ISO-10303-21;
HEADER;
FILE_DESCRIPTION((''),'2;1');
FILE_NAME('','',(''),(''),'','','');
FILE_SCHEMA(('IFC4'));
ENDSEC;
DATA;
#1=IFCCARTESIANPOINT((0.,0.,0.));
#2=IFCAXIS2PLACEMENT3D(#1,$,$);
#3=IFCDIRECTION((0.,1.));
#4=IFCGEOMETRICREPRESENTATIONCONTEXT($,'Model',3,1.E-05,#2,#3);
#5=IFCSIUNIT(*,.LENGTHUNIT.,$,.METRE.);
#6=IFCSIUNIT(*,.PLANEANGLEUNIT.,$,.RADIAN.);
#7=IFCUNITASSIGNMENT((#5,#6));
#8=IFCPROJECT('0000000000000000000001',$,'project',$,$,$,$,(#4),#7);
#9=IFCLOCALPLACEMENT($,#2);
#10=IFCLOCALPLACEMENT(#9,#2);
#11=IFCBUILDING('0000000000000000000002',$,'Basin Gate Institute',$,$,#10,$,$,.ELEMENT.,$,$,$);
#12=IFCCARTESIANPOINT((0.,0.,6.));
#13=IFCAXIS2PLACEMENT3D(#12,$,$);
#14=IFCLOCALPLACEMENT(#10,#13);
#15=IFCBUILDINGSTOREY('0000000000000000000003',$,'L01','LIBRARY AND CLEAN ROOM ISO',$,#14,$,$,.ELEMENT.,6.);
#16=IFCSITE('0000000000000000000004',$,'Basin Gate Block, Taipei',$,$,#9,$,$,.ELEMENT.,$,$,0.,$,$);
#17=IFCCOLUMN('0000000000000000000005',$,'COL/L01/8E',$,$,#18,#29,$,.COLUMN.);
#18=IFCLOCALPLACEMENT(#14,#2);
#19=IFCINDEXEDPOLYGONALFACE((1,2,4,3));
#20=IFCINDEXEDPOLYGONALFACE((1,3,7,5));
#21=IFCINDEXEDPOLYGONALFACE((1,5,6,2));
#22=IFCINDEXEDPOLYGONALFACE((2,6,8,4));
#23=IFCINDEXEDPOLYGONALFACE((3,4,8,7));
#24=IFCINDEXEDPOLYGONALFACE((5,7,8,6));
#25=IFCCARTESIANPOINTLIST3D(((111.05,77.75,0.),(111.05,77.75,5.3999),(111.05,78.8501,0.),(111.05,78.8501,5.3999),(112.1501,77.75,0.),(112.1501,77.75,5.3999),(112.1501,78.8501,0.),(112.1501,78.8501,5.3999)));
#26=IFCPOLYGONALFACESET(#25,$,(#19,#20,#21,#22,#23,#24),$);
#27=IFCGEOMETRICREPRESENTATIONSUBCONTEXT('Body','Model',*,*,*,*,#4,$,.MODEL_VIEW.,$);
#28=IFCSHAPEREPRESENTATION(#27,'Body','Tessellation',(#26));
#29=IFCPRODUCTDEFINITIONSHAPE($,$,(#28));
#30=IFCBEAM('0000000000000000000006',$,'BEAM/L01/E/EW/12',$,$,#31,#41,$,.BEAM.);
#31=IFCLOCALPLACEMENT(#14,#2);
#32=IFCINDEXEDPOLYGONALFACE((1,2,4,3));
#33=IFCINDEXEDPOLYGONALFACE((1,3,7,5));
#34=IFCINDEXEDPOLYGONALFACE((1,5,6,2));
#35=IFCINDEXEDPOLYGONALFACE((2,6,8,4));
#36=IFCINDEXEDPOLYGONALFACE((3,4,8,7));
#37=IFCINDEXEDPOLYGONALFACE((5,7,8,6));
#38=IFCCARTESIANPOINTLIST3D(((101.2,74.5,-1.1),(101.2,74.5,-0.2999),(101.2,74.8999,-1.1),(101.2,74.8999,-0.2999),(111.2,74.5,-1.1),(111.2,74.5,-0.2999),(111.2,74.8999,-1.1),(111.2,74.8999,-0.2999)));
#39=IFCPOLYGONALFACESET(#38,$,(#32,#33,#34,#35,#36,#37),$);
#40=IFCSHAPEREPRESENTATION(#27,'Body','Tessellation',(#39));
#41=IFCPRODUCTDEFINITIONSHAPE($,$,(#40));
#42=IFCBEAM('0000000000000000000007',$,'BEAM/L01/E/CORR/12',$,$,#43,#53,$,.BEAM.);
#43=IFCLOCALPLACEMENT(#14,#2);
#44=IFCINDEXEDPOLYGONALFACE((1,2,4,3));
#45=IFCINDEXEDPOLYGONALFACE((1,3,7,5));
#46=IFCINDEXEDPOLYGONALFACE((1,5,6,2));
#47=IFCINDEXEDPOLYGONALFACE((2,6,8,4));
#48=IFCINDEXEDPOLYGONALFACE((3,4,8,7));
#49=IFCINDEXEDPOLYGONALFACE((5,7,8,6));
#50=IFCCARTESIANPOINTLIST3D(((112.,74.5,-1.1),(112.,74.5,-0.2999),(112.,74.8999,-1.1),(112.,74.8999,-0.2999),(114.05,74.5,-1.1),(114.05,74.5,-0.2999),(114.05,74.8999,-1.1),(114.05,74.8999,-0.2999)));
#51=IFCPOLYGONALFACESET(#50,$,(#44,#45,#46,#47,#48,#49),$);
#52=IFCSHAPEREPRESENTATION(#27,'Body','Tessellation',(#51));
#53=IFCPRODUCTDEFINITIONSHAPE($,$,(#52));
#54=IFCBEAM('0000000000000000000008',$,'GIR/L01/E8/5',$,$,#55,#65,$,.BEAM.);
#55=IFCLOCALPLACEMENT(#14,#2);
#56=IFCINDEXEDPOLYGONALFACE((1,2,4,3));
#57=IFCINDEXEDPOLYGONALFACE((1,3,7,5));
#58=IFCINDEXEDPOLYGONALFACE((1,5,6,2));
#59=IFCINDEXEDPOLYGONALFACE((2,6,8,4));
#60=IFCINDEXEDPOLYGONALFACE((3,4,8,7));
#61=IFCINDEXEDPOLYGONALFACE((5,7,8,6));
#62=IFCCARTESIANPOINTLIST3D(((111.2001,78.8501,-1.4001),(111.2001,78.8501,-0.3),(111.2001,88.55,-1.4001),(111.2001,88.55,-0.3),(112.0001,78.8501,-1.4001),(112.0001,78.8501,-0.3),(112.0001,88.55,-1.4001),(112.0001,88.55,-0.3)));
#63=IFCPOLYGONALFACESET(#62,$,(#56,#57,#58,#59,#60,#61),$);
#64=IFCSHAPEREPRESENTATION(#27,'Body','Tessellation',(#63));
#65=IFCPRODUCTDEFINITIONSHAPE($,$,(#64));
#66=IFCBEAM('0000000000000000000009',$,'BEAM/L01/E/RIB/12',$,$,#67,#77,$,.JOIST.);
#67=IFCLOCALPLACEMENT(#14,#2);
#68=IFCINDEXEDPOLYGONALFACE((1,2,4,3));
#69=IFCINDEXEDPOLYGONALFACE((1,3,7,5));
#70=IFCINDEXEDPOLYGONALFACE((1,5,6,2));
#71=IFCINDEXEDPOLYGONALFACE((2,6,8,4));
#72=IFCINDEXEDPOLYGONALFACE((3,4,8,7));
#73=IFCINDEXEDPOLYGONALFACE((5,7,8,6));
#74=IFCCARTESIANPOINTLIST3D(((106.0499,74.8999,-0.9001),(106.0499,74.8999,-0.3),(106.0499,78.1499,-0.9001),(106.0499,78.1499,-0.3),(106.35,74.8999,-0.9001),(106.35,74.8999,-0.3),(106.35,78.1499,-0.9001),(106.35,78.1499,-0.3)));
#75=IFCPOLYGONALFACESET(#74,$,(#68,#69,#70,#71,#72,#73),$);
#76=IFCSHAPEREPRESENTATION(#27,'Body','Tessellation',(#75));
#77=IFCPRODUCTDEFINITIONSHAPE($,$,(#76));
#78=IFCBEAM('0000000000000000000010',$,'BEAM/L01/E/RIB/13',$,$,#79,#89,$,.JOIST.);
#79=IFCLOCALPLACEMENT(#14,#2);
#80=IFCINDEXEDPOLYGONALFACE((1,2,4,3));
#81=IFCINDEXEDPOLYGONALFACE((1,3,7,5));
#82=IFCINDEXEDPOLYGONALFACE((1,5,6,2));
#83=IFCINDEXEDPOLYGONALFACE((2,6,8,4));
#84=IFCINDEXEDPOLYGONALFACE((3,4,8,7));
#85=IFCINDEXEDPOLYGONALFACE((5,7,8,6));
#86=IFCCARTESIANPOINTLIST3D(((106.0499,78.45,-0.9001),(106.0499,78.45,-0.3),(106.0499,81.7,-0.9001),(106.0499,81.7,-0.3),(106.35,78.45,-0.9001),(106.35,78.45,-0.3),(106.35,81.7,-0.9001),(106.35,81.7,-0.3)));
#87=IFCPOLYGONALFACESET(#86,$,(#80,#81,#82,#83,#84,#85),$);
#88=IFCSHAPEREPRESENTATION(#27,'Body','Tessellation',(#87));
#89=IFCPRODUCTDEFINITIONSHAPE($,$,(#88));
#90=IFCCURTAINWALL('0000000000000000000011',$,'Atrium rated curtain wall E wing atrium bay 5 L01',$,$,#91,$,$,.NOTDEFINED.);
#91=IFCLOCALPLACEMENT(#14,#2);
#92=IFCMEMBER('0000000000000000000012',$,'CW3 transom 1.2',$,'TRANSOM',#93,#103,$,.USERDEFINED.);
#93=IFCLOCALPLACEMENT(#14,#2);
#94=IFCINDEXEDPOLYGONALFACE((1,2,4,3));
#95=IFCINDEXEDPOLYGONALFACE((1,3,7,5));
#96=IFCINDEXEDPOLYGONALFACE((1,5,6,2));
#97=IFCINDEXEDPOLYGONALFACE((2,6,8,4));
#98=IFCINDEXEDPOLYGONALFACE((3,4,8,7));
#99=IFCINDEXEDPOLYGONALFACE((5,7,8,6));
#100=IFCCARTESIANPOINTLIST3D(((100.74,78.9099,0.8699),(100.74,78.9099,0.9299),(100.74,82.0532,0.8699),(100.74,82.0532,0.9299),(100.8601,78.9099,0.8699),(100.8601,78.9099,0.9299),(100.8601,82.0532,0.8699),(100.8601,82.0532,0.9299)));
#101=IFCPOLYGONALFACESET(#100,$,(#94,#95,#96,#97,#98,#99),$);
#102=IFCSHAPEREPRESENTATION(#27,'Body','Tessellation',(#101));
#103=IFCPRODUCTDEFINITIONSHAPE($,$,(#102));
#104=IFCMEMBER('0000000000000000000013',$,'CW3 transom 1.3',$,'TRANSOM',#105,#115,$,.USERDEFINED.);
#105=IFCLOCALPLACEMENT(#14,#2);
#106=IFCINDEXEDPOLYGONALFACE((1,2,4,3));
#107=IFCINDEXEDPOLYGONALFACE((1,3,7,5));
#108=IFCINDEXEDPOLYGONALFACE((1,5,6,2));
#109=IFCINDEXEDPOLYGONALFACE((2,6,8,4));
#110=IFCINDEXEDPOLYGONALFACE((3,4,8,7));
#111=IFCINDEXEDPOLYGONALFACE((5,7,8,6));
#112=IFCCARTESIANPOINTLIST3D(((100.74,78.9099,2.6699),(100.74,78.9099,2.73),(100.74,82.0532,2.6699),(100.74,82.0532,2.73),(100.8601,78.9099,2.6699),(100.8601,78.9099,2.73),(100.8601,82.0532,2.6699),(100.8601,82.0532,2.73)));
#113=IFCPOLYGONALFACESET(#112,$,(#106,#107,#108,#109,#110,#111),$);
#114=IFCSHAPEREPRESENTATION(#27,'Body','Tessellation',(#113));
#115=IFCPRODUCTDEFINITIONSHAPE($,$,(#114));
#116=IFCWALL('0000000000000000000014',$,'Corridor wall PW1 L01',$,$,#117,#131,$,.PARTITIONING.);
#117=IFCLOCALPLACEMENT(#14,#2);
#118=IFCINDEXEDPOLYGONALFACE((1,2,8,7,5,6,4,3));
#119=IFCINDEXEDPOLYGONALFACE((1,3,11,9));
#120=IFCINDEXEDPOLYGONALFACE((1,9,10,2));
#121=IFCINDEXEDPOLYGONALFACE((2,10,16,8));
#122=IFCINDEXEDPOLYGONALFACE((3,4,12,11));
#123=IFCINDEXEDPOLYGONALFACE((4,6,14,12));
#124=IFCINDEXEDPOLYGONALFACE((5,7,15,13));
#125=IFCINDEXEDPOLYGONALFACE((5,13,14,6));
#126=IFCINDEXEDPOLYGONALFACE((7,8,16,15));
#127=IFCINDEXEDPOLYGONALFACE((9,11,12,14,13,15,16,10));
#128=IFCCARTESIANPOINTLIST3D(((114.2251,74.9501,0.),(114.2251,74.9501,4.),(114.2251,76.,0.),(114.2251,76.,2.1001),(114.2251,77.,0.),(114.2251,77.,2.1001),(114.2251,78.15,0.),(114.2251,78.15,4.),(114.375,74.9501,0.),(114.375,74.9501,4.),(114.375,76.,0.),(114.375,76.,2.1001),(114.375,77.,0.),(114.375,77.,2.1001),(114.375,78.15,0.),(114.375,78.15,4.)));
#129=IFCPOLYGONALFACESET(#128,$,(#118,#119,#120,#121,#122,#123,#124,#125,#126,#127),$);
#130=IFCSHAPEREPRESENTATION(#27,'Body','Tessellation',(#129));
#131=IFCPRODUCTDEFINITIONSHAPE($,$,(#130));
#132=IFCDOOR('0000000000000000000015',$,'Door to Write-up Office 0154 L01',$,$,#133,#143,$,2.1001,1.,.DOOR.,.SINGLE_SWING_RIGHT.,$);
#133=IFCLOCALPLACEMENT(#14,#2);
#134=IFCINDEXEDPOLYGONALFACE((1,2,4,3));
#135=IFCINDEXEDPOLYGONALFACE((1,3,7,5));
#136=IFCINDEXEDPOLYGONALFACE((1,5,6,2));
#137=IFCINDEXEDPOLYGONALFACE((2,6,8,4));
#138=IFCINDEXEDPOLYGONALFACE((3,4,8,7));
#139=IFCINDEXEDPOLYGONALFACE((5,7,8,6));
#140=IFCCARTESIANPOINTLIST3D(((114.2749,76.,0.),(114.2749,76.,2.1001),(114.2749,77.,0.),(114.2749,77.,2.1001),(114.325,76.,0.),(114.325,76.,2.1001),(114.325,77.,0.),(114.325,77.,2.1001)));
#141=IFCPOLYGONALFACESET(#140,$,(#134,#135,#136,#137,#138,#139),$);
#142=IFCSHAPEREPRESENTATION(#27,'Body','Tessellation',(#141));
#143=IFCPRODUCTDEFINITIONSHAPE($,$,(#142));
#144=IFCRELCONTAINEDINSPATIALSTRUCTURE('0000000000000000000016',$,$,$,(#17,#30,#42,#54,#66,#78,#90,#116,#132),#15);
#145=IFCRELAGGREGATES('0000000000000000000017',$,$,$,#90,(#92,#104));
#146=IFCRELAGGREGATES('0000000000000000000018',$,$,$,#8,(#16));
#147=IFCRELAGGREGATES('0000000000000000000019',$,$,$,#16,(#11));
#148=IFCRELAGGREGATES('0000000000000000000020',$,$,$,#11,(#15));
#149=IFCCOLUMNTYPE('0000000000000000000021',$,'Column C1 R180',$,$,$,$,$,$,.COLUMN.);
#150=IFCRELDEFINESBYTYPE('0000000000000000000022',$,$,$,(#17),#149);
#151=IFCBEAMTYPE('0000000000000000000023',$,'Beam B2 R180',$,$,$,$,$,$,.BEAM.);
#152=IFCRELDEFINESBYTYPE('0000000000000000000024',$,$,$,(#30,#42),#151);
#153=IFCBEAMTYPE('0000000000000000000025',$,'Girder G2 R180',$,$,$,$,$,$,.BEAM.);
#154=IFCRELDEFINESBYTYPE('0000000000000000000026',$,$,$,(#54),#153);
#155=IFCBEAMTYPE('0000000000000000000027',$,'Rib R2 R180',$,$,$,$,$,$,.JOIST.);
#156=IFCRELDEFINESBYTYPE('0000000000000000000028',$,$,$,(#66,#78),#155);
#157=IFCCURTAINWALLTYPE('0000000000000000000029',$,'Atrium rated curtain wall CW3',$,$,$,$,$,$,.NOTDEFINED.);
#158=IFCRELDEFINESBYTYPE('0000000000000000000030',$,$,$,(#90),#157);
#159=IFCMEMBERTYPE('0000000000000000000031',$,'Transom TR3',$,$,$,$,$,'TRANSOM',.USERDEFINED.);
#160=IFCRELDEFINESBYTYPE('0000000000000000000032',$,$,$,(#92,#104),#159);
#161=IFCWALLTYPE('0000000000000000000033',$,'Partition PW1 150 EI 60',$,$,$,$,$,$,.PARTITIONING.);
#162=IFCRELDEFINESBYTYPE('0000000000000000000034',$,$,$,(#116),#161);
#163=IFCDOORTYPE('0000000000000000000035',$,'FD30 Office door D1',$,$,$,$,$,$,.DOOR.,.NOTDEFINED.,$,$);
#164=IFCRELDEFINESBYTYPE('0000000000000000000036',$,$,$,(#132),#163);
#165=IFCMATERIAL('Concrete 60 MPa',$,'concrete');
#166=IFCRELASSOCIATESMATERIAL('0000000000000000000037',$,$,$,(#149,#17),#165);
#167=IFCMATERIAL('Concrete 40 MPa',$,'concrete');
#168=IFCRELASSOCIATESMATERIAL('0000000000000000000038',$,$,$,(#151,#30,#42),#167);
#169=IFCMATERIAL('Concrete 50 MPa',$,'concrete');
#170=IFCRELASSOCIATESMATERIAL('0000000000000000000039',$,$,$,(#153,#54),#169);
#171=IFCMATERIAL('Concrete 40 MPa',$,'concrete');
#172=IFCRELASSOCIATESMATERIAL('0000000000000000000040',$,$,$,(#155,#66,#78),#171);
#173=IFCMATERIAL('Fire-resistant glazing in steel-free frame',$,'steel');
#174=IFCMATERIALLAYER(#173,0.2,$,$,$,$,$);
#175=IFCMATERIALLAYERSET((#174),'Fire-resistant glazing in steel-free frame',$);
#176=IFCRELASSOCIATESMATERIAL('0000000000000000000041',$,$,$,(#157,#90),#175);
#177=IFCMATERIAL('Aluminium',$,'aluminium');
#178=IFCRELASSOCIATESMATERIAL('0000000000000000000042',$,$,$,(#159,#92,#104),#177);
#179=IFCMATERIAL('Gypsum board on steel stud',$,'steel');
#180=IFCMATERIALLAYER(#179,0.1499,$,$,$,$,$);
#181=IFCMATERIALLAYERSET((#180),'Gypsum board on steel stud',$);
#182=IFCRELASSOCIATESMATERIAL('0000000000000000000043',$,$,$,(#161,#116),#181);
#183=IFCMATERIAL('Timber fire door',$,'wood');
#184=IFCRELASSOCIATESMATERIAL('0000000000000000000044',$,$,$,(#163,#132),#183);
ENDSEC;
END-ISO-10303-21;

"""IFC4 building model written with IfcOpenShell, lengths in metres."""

from ifc_helpers import new_model, si_unit, direction, frame, frame_2d, origin, origin_2d, place, context, subcontext, project, spatial, rectangle, extrude, material, layer, layer_set, material_profile, profile_set, type_object, element, fill, aggregate, save


model = new_model("IFC4")

# Units and contexts
model_context = context("Model", 3, precision=1e-05, world=origin(), true_north=direction((0.0, 1.0)))
body_context = subcontext(model_context, "Body", "Model", "MODEL_VIEW")
ifc_project = project(units=[si_unit("LENGTHUNIT", "METRE"), si_unit("PLANEANGLEUNIT", "RADIAN")], contexts=[model_context])

# Site, building, storey
site_placement = place(None, origin())
site = spatial("IfcSite", under=ifc_project, at=site_placement, Name="Basin Gate Block, Taipei", CompositionType="ELEMENT", RefElevation=0.0)
building_placement = place(site_placement, origin())
building = spatial("IfcBuilding", under=site, at=building_placement, Name="Basin Gate Institute", CompositionType="ELEMENT")
storey_placement = place(building_placement, frame((0.0, 0.0, 6.0)))
storey = spatial("IfcBuildingStorey", under=building, at=storey_placement, Name="L01", Description="LIBRARY AND CLEAN ROOM ISO", CompositionType="ELEMENT", Elevation=6.0)

# Column
ifc_material_1 = material(Name="Concrete 60 MPa", Category="concrete")
ifc_material_profile_1 = material_profile(ifc_material_1, rectangle(XDim=1.1001, YDim=1.1001, at=origin_2d()), Name="Column C1 1100 x 1100")
ifc_profile_set_1 = profile_set([ifc_material_profile_1], Name="Concrete 60 MPa")
column_type = type_object("IfcColumnType", Name="Column C1 R180", PredefinedType="COLUMN", material=ifc_profile_set_1)
column_placement = place(storey_placement, frame((111.6001, 78.3, 0.0), z_axis=(0.0, 0.0, 1.0), x_axis=(1.0, 0.0, 0.0)))
element("IfcColumn", 1, at=column_placement, inside=storey, type_object=column_type, material=ifc_profile_set_1, Name="COL/L01/8E", PredefinedType="COLUMN", context=body_context, shape_type="SweptSolid", body=[
    extrude(rectangle(XDim=1.1001, YDim=1.1001, at=origin_2d()), origin(), (0.0, 0.0, 1.0), 5.3999),
])

# Beams
ifc_material_2 = material(Name="Concrete 40 MPa", Category="concrete")
ifc_material_profile_2 = material_profile(ifc_material_2, rectangle(XDim=0.3999, YDim=0.8, at=origin_2d()), Name="Beam B2 400 x 800")
ifc_profile_set_2 = profile_set([ifc_material_profile_2], Name="Concrete 40 MPa")
beam_type_1 = type_object("IfcBeamType", Name="Beam B2 R180", PredefinedType="BEAM", material=ifc_profile_set_2)
beam_1_placement = place(storey_placement, frame((111.2, 74.7, -0.7), z_axis=(-1.0, 0.0, 0.0), x_axis=(0.0, -1.0, 0.0)))
element("IfcBeam", 2, at=beam_1_placement, inside=storey, type_object=beam_type_1, material=ifc_profile_set_2, Name="BEAM/L01/E/EW/12", PredefinedType="BEAM", context=body_context, shape_type="SweptSolid", body=[
    extrude(rectangle(XDim=0.3999, YDim=0.8, at=origin_2d()), origin(), (0.0, 0.0, 1.0), 10.0),
])
beam_2_placement = place(storey_placement, frame((114.05, 74.7, -0.7), z_axis=(-1.0, 0.0, 0.0), x_axis=(0.0, -1.0, 0.0)))
element("IfcBeam", 3, at=beam_2_placement, inside=storey, type_object=beam_type_1, material=ifc_profile_set_2, Name="BEAM/L01/E/CORR/12", PredefinedType="BEAM", context=body_context, shape_type="SweptSolid", body=[
    extrude(rectangle(XDim=0.3999, YDim=0.8, at=origin_2d()), origin(), (0.0, 0.0, 1.0), 2.05),
])
ifc_material_3 = material(Name="Concrete 50 MPa", Category="concrete")
ifc_material_profile_3 = material_profile(ifc_material_3, rectangle(XDim=0.8, YDim=1.1001, at=origin_2d()), Name="Girder G2 800 x 1100")
ifc_profile_set_3 = profile_set([ifc_material_profile_3], Name="Concrete 50 MPa")
beam_type_2 = type_object("IfcBeamType", Name="Girder G2 R180", PredefinedType="BEAM", material=ifc_profile_set_3)
beam_3_placement = place(storey_placement, frame((111.6001, 78.8501, -0.8501), z_axis=(0.0, 1.0, 0.0), x_axis=(-1.0, 0.0, 0.0)))
element("IfcBeam", 4, at=beam_3_placement, inside=storey, type_object=beam_type_2, material=ifc_profile_set_3, Name="GIR/L01/E8/5", PredefinedType="BEAM", context=body_context, shape_type="SweptSolid", body=[
    extrude(rectangle(XDim=0.8, YDim=1.1001, at=origin_2d()), origin(), (0.0, 0.0, 1.0), 9.7),
])
ifc_material_4 = material(Name="Concrete 40 MPa", Category="concrete")
ifc_material_profile_4 = material_profile(ifc_material_4, rectangle(XDim=0.3, YDim=0.6001, at=origin_2d()), Name="Rib R2 300 x 600")
ifc_profile_set_4 = profile_set([ifc_material_profile_4], Name="Concrete 40 MPa")
beam_type_3 = type_object("IfcBeamType", Name="Rib R2 R180", PredefinedType="JOIST", material=ifc_profile_set_4)
for number, where, z_axis, x_axis, name in (
    (5, (106.2, 74.8999, -0.6001), (0.0, 1.0, 0.0), (-1.0, 0.0, 0.0), "BEAM/L01/E/RIB/12"),
    (6, (106.2, 78.45, -0.6001), (0.0, 1.0, 0.0), (-1.0, 0.0, 0.0), "BEAM/L01/E/RIB/13"),
):
    element("IfcBeam", number, at=place(storey_placement, frame(where, z_axis=z_axis, x_axis=x_axis)), inside=storey, type_object=beam_type_3, material=ifc_profile_set_4, Name=name, PredefinedType="JOIST", context=body_context, shape_type="SweptSolid", body=[
        extrude(rectangle(XDim=0.3, YDim=0.6001, at=origin_2d()), origin(), (0.0, 0.0, 1.0), 3.25),
    ])

# Curtain wall, members
ifc_material_5 = material(Name="Fire-resistant glazing in steel-free frame", Category="steel")
ifc_layer_1 = layer(ifc_material_5, 0.2)
ifc_layer_set_1 = layer_set([ifc_layer_1], Name="Fire-resistant glazing in steel-free frame")
curtain_wall_type = type_object("IfcCurtainWallType", Name="Atrium rated curtain wall CW3", PredefinedType="NOTDEFINED", material=ifc_layer_set_1)
curtain_wall_placement = place(storey_placement, origin())
curtain_wall = element("IfcCurtainWall", 7, at=curtain_wall_placement, inside=storey, type_object=curtain_wall_type, material=ifc_layer_set_1, Name="Atrium rated curtain wall E wing atrium bay 5 L01", PredefinedType="NOTDEFINED")
ifc_material_6 = material(Name="Aluminium", Category="aluminium")
ifc_material_profile_5 = material_profile(ifc_material_6, rectangle(XDim=0.1201, YDim=0.0601, at=origin_2d()), Name="Transom TR3 120 x 60")
ifc_profile_set_5 = profile_set([ifc_material_profile_5], Name="Aluminium")
member_type = type_object("IfcMemberType", Name="Transom TR3", ElementType="TRANSOM", PredefinedType="USERDEFINED", material=ifc_profile_set_5)
member_1_placement = place(storey_placement, frame((100.8, 78.9099, 0.8999), z_axis=(0.0, 1.0, 0.0), x_axis=(-1.0, 0.0, 0.0)))
member_1 = element("IfcMember", 8, at=member_1_placement, type_object=member_type, material=ifc_profile_set_5, Name="CW3 transom 1.2", ObjectType="TRANSOM", PredefinedType="USERDEFINED", context=body_context, shape_type="SweptSolid", body=[
    extrude(rectangle(XDim=0.1201, YDim=0.0601, at=origin_2d()), origin(), (0.0, 0.0, 1.0), 3.1433),
])
member_2_placement = place(storey_placement, frame((100.8, 78.9099, 2.7), z_axis=(0.0, 1.0, 0.0), x_axis=(-1.0, 0.0, 0.0)))
member_2 = element("IfcMember", 9, at=member_2_placement, type_object=member_type, material=ifc_profile_set_5, Name="CW3 transom 1.3", ObjectType="TRANSOM", PredefinedType="USERDEFINED", context=body_context, shape_type="SweptSolid", body=[
    extrude(rectangle(XDim=0.1201, YDim=0.0601, at=origin_2d()), origin(), (0.0, 0.0, 1.0), 3.1433),
])
aggregate(curtain_wall, [member_1, member_2])

# Wall, opening, door
ifc_material_7 = material(Name="Gypsum board on steel stud", Category="steel")
ifc_layer_2 = layer(ifc_material_7, 0.1499)
ifc_layer_set_2 = layer_set([ifc_layer_2], Name="Gypsum board on steel stud")
wall_type_1 = type_object("IfcWallType", Name="Partition PW1 150 EI 60", PredefinedType="PARTITIONING", material=ifc_layer_set_2)
wall_1_placement = place(storey_placement, frame((114.3, 74.95, 0.0), z_axis=(0.0, 0.0, 1.0), x_axis=(0.0, 1.0, 0.0)))
wall_1 = element("IfcWall", 10, at=wall_1_placement, inside=storey, type_object=wall_type_1, material=ifc_layer_set_2, Name="Corridor wall PW1 L01", PredefinedType="PARTITIONING", context=body_context, shape_type="SweptSolid", body=[
    extrude(rectangle(XDim=3.2, YDim=0.1499, at=frame_2d((1.6001, 0.0))), origin(), (0.0, 0.0, 1.0), 4.0),
])
opening_1_placement = place(wall_1_placement, frame((1.05, 0.0, 0.0)))
opening_1 = element("IfcOpeningElement", 11, at=opening_1_placement, cuts=wall_1, PredefinedType="OPENING", context=body_context, shape_type="SweptSolid", body=[
    extrude(rectangle(XDim=1.0, YDim=2.1001, at=frame_2d((0.5, 1.05))), frame((0.0, 0.085, 0.0), z_axis=(0.0, -1.0, 0.0), x_axis=(1.0, 0.0, 0.0)), (0.0, 0.0, 1.0), 0.1699),
])
ifc_material_8 = material(Name="Timber fire door", Category="wood")
door_type_1 = type_object("IfcDoorType", Name="FD30 Office door D1", OperationType="NOTDEFINED", PredefinedType="DOOR", material=ifc_material_8)
door_1_placement = place(opening_1_placement, frame((1.0, 0.0, 0.0), z_axis=(0.0, 0.0, 1.0), x_axis=(-1.0, 0.0, 0.0)))
door_1 = element("IfcDoor", 12, at=door_1_placement, inside=storey, type_object=door_type_1, material=ifc_material_8, Name="Door to Write-up Office 0154 L01", OperationType="SINGLE_SWING_RIGHT", OverallHeight=2.1001, OverallWidth=1.0, PredefinedType="DOOR", context=body_context, shape_type="SweptSolid", body=[
    extrude(rectangle(XDim=1.0, YDim=2.1001, at=frame_2d((0.5, 1.05))), frame((0.0, 0.0249, 0.0), z_axis=(0.0, -1.0, 0.0), x_axis=(1.0, 0.0, 0.0)), (0.0, 0.0, 1.0), 0.05),
])
fill(opening_1, door_1)

save(model, "model.ifc")
